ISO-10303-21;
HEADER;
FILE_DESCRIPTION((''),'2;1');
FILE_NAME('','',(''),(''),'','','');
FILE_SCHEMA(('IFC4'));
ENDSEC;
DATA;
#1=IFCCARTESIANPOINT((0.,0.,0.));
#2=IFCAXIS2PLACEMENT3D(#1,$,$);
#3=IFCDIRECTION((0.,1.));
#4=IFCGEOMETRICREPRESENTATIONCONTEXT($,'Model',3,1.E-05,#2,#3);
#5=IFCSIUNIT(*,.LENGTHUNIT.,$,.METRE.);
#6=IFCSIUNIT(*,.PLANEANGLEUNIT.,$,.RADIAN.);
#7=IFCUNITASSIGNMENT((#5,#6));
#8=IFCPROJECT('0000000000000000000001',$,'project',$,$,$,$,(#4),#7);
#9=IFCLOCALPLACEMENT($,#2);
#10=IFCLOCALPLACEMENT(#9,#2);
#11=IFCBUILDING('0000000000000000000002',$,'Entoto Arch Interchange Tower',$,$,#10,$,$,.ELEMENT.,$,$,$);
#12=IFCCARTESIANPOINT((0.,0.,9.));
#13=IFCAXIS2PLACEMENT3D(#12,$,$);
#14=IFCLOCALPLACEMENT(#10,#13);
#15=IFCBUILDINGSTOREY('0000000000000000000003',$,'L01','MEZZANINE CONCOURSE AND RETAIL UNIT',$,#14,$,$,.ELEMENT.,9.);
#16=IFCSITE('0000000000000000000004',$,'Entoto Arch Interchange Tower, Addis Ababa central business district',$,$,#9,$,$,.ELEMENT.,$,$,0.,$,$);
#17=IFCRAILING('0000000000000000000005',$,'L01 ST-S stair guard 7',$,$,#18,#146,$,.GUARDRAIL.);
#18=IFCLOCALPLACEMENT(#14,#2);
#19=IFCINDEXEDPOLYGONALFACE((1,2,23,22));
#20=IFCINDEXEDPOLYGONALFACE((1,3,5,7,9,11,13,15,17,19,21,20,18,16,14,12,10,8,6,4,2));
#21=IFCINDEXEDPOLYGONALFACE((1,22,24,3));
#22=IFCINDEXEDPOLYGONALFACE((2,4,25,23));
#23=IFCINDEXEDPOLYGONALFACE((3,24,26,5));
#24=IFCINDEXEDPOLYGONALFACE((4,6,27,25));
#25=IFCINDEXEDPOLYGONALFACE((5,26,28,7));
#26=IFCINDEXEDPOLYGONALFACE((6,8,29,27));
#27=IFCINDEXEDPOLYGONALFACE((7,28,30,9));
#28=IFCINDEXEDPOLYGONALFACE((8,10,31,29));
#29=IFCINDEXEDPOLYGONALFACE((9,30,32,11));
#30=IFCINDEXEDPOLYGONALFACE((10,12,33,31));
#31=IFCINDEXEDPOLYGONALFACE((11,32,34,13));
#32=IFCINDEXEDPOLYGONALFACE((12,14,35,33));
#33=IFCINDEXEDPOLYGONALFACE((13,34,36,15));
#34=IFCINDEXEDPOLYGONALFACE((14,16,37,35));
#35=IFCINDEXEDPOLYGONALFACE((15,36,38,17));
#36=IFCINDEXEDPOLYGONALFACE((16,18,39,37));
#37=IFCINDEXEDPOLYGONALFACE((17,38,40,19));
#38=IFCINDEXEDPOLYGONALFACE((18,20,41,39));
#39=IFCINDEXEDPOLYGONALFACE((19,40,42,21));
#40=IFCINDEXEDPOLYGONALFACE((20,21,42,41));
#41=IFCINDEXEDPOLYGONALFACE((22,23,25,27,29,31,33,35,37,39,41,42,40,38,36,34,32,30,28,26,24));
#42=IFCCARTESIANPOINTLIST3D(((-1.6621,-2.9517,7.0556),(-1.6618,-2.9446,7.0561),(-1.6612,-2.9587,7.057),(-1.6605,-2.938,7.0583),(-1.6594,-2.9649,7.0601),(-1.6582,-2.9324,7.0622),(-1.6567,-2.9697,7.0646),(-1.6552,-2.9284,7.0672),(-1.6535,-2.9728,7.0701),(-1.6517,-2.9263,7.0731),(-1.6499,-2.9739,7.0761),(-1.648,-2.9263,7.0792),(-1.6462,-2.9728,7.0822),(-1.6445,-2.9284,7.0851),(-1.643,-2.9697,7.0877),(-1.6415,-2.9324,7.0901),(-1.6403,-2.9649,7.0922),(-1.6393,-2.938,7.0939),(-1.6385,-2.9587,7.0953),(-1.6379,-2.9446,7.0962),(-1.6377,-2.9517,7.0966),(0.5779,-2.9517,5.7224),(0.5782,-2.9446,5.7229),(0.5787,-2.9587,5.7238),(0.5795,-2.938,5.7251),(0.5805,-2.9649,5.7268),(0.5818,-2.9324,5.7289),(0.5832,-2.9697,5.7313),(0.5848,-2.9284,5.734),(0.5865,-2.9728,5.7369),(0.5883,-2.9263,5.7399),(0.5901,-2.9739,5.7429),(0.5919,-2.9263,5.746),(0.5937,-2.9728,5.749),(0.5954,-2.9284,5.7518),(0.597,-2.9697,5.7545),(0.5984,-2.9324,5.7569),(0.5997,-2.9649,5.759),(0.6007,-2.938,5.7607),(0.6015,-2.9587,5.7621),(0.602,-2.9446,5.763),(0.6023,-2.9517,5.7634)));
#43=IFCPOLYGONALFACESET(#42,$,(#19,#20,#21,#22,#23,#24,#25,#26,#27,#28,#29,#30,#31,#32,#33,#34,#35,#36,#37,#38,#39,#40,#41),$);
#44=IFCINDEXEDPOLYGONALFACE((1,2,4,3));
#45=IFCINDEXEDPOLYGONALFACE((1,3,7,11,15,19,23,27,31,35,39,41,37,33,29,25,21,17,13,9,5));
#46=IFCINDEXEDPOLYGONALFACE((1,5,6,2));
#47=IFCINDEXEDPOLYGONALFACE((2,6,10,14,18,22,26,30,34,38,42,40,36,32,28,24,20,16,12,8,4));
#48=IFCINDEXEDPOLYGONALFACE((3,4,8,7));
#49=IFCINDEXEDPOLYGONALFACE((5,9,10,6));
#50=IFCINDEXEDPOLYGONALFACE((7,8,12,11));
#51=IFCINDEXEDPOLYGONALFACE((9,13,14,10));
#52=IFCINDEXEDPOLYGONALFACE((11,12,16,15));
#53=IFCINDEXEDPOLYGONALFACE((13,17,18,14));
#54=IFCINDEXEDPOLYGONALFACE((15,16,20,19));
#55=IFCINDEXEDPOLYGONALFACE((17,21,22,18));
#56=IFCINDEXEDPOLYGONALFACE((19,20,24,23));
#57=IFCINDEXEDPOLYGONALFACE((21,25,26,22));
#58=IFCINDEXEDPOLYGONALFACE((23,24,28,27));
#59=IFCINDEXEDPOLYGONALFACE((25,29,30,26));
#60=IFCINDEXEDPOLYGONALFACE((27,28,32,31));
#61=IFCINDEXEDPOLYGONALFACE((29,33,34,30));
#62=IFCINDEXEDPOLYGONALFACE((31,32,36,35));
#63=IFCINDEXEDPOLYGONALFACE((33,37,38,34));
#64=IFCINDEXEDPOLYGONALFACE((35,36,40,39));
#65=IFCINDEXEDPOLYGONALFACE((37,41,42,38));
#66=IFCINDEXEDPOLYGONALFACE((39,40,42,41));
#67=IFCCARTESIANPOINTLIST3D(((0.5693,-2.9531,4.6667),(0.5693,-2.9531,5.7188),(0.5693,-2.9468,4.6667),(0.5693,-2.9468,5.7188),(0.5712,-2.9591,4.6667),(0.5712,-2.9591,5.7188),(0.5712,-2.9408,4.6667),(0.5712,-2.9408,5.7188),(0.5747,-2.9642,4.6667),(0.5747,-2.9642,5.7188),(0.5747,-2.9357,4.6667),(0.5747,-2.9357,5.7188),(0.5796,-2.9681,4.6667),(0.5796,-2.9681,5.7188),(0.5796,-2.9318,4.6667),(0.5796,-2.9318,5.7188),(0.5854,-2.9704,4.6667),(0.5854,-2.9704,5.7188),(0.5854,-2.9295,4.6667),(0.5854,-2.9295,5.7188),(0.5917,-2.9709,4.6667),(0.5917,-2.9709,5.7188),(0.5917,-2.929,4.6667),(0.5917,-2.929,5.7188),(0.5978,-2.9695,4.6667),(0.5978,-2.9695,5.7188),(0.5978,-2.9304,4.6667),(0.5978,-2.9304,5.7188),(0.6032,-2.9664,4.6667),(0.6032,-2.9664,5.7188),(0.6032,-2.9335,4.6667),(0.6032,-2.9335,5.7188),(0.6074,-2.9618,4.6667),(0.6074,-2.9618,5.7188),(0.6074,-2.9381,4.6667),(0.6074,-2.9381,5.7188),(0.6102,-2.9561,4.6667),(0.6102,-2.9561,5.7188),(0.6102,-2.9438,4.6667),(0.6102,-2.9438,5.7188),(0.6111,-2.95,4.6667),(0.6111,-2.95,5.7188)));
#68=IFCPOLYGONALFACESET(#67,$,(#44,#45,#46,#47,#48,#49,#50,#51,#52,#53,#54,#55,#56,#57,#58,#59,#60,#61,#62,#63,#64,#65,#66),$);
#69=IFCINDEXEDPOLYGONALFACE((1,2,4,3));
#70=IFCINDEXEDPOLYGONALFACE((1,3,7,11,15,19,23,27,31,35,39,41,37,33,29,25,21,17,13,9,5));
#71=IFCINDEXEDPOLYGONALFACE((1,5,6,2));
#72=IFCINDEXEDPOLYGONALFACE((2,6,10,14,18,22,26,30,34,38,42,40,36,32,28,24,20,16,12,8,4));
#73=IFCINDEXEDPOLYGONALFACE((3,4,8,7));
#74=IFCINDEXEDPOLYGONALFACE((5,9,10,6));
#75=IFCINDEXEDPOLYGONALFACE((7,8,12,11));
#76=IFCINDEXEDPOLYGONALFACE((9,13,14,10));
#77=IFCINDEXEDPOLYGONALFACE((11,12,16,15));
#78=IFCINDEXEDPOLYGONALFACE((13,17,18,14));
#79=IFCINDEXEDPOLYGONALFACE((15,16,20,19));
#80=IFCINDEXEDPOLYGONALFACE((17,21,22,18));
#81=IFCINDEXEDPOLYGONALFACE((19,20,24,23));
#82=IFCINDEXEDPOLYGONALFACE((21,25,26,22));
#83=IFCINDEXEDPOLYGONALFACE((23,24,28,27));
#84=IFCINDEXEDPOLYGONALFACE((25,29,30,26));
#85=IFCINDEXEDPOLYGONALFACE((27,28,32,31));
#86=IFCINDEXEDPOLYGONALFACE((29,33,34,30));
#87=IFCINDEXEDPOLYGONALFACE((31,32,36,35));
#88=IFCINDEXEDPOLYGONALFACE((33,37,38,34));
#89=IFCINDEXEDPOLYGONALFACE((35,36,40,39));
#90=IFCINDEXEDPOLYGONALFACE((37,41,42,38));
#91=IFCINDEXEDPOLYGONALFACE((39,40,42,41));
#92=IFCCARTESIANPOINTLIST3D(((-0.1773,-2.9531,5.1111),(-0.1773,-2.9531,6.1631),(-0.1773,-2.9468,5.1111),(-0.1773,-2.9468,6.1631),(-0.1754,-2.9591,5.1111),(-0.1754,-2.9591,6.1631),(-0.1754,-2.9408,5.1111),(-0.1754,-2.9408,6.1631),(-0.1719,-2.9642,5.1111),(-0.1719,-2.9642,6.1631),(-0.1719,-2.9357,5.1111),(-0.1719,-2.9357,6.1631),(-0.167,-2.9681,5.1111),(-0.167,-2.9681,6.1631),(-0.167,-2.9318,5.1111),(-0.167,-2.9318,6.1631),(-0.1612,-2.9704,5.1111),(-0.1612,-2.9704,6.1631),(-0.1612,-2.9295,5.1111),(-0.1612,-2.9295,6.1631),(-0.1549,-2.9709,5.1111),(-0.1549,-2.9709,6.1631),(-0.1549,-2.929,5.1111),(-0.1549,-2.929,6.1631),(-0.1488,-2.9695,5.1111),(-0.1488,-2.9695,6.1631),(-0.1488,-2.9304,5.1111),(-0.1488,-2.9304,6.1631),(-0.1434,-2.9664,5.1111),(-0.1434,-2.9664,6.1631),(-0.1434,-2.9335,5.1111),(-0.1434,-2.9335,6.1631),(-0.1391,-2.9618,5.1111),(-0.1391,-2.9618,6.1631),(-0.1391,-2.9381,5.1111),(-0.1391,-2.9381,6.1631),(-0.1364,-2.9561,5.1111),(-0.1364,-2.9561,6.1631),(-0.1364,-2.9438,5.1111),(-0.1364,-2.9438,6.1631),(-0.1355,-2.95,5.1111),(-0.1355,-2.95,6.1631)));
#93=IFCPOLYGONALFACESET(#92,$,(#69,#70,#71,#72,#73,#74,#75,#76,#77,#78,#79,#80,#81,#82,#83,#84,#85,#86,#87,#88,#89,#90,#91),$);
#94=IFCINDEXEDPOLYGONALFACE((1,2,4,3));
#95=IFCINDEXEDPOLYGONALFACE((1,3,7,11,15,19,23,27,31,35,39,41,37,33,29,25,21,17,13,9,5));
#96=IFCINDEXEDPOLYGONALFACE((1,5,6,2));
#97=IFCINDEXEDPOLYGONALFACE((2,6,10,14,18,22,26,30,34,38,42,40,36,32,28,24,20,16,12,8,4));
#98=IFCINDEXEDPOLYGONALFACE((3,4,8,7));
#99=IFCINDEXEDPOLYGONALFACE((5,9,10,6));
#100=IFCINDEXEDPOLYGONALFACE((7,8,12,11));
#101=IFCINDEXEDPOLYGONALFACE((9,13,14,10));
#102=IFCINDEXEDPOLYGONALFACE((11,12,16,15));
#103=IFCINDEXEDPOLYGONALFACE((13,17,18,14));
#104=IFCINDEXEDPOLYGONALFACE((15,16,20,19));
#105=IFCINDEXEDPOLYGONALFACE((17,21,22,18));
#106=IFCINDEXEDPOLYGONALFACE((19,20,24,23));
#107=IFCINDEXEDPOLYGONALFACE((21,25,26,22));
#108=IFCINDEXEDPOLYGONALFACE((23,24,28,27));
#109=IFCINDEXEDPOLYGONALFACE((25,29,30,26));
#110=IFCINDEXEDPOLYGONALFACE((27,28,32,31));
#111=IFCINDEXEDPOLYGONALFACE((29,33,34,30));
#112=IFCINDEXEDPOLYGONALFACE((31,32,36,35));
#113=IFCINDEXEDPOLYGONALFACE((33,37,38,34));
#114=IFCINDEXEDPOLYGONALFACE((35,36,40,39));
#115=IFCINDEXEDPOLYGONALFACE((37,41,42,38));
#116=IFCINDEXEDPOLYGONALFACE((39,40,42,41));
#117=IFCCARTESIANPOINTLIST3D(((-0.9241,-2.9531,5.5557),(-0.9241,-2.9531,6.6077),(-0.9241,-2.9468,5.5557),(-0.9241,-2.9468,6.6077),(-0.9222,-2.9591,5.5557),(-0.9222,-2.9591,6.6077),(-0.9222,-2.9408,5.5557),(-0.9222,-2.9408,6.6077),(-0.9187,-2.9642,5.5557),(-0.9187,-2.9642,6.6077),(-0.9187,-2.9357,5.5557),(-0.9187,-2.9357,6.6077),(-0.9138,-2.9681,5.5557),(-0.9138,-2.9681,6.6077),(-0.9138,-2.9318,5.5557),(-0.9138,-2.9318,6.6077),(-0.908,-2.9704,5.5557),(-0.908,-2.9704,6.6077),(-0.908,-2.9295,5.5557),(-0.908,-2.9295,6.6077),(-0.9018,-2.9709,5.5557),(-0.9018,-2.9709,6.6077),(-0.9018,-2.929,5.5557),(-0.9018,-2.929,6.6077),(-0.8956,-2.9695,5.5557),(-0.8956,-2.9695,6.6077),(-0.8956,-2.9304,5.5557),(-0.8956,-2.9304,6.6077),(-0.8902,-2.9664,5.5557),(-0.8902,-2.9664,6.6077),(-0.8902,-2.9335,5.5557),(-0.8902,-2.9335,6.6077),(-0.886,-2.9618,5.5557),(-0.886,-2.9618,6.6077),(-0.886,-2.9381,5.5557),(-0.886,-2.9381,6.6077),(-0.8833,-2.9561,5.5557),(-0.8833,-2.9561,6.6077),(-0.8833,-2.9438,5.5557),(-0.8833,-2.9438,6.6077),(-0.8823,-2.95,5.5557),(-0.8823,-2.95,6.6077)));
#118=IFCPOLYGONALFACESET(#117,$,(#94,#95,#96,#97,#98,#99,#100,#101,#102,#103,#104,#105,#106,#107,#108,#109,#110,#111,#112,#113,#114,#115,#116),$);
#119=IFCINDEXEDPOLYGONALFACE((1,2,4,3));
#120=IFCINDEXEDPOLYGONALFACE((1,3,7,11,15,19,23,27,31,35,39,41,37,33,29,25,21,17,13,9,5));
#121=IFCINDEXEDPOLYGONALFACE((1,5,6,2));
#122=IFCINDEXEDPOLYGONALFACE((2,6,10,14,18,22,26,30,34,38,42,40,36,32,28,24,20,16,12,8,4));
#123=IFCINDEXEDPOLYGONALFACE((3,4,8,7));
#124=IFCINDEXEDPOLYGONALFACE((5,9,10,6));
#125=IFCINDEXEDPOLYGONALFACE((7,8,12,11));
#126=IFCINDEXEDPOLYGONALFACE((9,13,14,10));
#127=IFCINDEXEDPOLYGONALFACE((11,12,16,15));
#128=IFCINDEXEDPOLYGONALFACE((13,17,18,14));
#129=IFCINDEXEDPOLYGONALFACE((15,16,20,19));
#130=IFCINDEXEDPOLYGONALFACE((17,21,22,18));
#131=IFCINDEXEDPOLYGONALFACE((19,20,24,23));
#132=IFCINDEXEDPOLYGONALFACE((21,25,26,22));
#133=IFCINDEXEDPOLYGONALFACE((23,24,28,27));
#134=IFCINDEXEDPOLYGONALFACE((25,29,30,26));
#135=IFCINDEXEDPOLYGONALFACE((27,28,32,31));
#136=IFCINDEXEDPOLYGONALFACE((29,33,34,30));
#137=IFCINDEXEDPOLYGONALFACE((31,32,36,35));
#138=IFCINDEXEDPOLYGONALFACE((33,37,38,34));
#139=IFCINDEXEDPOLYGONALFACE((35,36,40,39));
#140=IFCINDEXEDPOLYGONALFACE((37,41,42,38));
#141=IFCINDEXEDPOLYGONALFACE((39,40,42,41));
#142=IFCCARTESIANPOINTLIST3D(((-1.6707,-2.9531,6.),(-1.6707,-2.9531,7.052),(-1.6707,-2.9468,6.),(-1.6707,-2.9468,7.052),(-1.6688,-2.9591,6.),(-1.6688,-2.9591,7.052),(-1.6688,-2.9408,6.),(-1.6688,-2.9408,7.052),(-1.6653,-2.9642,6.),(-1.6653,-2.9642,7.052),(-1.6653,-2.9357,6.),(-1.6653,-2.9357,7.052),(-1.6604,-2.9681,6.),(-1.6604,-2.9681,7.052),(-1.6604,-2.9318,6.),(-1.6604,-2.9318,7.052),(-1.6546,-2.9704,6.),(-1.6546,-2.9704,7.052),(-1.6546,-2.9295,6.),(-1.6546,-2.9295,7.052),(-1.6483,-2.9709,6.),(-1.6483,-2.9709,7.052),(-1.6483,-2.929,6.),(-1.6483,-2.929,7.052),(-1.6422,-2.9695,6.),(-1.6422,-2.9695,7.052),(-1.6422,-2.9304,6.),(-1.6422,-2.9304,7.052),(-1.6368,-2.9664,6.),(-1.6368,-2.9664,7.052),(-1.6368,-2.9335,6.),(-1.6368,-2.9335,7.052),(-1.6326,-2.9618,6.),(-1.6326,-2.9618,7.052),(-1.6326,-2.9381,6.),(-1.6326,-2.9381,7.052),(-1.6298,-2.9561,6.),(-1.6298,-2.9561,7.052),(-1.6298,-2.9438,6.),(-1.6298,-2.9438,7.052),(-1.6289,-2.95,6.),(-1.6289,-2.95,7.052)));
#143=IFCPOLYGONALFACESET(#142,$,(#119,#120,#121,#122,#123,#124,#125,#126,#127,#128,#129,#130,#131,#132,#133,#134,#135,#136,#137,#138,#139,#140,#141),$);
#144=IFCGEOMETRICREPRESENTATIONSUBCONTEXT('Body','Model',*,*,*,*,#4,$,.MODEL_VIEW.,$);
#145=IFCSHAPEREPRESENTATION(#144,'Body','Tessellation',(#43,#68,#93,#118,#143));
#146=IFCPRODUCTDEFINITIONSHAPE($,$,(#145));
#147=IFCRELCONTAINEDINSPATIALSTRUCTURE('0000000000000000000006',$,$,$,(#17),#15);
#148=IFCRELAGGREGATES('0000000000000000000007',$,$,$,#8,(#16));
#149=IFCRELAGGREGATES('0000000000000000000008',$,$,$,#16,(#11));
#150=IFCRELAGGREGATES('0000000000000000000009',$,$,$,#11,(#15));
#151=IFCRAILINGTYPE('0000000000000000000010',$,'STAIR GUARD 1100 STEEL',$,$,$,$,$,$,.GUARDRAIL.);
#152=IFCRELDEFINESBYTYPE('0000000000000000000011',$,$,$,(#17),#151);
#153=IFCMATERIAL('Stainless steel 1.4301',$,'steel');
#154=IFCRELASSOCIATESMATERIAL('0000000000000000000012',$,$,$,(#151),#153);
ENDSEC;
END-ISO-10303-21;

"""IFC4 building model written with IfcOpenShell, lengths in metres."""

from ifc_helpers import new_model, si_unit, direction, frame, origin, origin_2d, place, context, subcontext, project, spatial, circle, extrude, material, type_object, element, save


model = new_model("IFC4")

# Units and contexts
model_context = context("Model", 3, precision=1e-05, world=origin(), true_north=direction((0.0, 1.0)))
body_context = subcontext(model_context, "Body", "Model", "MODEL_VIEW")
ifc_project = project(units=[si_unit("LENGTHUNIT", "METRE"), si_unit("PLANEANGLEUNIT", "RADIAN")], contexts=[model_context])

# Site, building, storey
site_placement = place(None, origin())
site = spatial("IfcSite", under=ifc_project, at=site_placement, Name="Entoto Arch Interchange Tower, Addis Ababa central business district", CompositionType="ELEMENT", RefElevation=0.0)
building_placement = place(site_placement, origin())
building = spatial("IfcBuilding", under=site, at=building_placement, Name="Entoto Arch Interchange Tower", CompositionType="ELEMENT")
storey_placement = place(building_placement, frame((0.0, 0.0, 9.0)))
storey = spatial("IfcBuildingStorey", under=building, at=storey_placement, Name="L01", Description="MEZZANINE CONCOURSE AND RETAIL UNIT", CompositionType="ELEMENT", Elevation=9.0)

# Railing
ifc_material_1 = material(Name="Stainless steel 1.4301", Category="steel")
railing_type = type_object("IfcRailingType", Name="STAIR GUARD 1100 STEEL", PredefinedType="GUARDRAIL", material=ifc_material_1)
railing_1_placement = place(storey_placement, frame((0.5901, -2.95, 4.6667)))
element("IfcRailing", 1, at=railing_1_placement, inside=storey, type_object=railing_type, Name="L01 ST-S stair guard 7", PredefinedType="GUARDRAIL", context=body_context, shape_type="SweptSolid", body=[
    extrude(circle(Radius=0.0239, at=origin_2d()), frame((0.0, 0.0, 1.0762), z_axis=(-0.859306, 0.0, 0.511462), x_axis=(0.0, -1.0, 0.0)), (0.0, 0.0, 1.0), 2.6067),
    extrude(circle(Radius=0.021, at=origin_2d()), origin(), (0.0, 0.0, 1.0), 1.052),
    extrude(circle(Radius=0.021, at=origin_2d()), frame((-0.7466, 0.0, 0.4443)), (0.0, 0.0, 1.0), 1.052),
    extrude(circle(Radius=0.021, at=origin_2d()), frame((-1.4934, 0.0, 0.8889)), (0.0, 0.0, 1.0), 1.052),
    extrude(circle(Radius=0.021, at=origin_2d()), frame((-2.24, 0.0, 1.3333)), (0.0, 0.0, 1.0), 1.052),
])

save(model, "model.ifc")
